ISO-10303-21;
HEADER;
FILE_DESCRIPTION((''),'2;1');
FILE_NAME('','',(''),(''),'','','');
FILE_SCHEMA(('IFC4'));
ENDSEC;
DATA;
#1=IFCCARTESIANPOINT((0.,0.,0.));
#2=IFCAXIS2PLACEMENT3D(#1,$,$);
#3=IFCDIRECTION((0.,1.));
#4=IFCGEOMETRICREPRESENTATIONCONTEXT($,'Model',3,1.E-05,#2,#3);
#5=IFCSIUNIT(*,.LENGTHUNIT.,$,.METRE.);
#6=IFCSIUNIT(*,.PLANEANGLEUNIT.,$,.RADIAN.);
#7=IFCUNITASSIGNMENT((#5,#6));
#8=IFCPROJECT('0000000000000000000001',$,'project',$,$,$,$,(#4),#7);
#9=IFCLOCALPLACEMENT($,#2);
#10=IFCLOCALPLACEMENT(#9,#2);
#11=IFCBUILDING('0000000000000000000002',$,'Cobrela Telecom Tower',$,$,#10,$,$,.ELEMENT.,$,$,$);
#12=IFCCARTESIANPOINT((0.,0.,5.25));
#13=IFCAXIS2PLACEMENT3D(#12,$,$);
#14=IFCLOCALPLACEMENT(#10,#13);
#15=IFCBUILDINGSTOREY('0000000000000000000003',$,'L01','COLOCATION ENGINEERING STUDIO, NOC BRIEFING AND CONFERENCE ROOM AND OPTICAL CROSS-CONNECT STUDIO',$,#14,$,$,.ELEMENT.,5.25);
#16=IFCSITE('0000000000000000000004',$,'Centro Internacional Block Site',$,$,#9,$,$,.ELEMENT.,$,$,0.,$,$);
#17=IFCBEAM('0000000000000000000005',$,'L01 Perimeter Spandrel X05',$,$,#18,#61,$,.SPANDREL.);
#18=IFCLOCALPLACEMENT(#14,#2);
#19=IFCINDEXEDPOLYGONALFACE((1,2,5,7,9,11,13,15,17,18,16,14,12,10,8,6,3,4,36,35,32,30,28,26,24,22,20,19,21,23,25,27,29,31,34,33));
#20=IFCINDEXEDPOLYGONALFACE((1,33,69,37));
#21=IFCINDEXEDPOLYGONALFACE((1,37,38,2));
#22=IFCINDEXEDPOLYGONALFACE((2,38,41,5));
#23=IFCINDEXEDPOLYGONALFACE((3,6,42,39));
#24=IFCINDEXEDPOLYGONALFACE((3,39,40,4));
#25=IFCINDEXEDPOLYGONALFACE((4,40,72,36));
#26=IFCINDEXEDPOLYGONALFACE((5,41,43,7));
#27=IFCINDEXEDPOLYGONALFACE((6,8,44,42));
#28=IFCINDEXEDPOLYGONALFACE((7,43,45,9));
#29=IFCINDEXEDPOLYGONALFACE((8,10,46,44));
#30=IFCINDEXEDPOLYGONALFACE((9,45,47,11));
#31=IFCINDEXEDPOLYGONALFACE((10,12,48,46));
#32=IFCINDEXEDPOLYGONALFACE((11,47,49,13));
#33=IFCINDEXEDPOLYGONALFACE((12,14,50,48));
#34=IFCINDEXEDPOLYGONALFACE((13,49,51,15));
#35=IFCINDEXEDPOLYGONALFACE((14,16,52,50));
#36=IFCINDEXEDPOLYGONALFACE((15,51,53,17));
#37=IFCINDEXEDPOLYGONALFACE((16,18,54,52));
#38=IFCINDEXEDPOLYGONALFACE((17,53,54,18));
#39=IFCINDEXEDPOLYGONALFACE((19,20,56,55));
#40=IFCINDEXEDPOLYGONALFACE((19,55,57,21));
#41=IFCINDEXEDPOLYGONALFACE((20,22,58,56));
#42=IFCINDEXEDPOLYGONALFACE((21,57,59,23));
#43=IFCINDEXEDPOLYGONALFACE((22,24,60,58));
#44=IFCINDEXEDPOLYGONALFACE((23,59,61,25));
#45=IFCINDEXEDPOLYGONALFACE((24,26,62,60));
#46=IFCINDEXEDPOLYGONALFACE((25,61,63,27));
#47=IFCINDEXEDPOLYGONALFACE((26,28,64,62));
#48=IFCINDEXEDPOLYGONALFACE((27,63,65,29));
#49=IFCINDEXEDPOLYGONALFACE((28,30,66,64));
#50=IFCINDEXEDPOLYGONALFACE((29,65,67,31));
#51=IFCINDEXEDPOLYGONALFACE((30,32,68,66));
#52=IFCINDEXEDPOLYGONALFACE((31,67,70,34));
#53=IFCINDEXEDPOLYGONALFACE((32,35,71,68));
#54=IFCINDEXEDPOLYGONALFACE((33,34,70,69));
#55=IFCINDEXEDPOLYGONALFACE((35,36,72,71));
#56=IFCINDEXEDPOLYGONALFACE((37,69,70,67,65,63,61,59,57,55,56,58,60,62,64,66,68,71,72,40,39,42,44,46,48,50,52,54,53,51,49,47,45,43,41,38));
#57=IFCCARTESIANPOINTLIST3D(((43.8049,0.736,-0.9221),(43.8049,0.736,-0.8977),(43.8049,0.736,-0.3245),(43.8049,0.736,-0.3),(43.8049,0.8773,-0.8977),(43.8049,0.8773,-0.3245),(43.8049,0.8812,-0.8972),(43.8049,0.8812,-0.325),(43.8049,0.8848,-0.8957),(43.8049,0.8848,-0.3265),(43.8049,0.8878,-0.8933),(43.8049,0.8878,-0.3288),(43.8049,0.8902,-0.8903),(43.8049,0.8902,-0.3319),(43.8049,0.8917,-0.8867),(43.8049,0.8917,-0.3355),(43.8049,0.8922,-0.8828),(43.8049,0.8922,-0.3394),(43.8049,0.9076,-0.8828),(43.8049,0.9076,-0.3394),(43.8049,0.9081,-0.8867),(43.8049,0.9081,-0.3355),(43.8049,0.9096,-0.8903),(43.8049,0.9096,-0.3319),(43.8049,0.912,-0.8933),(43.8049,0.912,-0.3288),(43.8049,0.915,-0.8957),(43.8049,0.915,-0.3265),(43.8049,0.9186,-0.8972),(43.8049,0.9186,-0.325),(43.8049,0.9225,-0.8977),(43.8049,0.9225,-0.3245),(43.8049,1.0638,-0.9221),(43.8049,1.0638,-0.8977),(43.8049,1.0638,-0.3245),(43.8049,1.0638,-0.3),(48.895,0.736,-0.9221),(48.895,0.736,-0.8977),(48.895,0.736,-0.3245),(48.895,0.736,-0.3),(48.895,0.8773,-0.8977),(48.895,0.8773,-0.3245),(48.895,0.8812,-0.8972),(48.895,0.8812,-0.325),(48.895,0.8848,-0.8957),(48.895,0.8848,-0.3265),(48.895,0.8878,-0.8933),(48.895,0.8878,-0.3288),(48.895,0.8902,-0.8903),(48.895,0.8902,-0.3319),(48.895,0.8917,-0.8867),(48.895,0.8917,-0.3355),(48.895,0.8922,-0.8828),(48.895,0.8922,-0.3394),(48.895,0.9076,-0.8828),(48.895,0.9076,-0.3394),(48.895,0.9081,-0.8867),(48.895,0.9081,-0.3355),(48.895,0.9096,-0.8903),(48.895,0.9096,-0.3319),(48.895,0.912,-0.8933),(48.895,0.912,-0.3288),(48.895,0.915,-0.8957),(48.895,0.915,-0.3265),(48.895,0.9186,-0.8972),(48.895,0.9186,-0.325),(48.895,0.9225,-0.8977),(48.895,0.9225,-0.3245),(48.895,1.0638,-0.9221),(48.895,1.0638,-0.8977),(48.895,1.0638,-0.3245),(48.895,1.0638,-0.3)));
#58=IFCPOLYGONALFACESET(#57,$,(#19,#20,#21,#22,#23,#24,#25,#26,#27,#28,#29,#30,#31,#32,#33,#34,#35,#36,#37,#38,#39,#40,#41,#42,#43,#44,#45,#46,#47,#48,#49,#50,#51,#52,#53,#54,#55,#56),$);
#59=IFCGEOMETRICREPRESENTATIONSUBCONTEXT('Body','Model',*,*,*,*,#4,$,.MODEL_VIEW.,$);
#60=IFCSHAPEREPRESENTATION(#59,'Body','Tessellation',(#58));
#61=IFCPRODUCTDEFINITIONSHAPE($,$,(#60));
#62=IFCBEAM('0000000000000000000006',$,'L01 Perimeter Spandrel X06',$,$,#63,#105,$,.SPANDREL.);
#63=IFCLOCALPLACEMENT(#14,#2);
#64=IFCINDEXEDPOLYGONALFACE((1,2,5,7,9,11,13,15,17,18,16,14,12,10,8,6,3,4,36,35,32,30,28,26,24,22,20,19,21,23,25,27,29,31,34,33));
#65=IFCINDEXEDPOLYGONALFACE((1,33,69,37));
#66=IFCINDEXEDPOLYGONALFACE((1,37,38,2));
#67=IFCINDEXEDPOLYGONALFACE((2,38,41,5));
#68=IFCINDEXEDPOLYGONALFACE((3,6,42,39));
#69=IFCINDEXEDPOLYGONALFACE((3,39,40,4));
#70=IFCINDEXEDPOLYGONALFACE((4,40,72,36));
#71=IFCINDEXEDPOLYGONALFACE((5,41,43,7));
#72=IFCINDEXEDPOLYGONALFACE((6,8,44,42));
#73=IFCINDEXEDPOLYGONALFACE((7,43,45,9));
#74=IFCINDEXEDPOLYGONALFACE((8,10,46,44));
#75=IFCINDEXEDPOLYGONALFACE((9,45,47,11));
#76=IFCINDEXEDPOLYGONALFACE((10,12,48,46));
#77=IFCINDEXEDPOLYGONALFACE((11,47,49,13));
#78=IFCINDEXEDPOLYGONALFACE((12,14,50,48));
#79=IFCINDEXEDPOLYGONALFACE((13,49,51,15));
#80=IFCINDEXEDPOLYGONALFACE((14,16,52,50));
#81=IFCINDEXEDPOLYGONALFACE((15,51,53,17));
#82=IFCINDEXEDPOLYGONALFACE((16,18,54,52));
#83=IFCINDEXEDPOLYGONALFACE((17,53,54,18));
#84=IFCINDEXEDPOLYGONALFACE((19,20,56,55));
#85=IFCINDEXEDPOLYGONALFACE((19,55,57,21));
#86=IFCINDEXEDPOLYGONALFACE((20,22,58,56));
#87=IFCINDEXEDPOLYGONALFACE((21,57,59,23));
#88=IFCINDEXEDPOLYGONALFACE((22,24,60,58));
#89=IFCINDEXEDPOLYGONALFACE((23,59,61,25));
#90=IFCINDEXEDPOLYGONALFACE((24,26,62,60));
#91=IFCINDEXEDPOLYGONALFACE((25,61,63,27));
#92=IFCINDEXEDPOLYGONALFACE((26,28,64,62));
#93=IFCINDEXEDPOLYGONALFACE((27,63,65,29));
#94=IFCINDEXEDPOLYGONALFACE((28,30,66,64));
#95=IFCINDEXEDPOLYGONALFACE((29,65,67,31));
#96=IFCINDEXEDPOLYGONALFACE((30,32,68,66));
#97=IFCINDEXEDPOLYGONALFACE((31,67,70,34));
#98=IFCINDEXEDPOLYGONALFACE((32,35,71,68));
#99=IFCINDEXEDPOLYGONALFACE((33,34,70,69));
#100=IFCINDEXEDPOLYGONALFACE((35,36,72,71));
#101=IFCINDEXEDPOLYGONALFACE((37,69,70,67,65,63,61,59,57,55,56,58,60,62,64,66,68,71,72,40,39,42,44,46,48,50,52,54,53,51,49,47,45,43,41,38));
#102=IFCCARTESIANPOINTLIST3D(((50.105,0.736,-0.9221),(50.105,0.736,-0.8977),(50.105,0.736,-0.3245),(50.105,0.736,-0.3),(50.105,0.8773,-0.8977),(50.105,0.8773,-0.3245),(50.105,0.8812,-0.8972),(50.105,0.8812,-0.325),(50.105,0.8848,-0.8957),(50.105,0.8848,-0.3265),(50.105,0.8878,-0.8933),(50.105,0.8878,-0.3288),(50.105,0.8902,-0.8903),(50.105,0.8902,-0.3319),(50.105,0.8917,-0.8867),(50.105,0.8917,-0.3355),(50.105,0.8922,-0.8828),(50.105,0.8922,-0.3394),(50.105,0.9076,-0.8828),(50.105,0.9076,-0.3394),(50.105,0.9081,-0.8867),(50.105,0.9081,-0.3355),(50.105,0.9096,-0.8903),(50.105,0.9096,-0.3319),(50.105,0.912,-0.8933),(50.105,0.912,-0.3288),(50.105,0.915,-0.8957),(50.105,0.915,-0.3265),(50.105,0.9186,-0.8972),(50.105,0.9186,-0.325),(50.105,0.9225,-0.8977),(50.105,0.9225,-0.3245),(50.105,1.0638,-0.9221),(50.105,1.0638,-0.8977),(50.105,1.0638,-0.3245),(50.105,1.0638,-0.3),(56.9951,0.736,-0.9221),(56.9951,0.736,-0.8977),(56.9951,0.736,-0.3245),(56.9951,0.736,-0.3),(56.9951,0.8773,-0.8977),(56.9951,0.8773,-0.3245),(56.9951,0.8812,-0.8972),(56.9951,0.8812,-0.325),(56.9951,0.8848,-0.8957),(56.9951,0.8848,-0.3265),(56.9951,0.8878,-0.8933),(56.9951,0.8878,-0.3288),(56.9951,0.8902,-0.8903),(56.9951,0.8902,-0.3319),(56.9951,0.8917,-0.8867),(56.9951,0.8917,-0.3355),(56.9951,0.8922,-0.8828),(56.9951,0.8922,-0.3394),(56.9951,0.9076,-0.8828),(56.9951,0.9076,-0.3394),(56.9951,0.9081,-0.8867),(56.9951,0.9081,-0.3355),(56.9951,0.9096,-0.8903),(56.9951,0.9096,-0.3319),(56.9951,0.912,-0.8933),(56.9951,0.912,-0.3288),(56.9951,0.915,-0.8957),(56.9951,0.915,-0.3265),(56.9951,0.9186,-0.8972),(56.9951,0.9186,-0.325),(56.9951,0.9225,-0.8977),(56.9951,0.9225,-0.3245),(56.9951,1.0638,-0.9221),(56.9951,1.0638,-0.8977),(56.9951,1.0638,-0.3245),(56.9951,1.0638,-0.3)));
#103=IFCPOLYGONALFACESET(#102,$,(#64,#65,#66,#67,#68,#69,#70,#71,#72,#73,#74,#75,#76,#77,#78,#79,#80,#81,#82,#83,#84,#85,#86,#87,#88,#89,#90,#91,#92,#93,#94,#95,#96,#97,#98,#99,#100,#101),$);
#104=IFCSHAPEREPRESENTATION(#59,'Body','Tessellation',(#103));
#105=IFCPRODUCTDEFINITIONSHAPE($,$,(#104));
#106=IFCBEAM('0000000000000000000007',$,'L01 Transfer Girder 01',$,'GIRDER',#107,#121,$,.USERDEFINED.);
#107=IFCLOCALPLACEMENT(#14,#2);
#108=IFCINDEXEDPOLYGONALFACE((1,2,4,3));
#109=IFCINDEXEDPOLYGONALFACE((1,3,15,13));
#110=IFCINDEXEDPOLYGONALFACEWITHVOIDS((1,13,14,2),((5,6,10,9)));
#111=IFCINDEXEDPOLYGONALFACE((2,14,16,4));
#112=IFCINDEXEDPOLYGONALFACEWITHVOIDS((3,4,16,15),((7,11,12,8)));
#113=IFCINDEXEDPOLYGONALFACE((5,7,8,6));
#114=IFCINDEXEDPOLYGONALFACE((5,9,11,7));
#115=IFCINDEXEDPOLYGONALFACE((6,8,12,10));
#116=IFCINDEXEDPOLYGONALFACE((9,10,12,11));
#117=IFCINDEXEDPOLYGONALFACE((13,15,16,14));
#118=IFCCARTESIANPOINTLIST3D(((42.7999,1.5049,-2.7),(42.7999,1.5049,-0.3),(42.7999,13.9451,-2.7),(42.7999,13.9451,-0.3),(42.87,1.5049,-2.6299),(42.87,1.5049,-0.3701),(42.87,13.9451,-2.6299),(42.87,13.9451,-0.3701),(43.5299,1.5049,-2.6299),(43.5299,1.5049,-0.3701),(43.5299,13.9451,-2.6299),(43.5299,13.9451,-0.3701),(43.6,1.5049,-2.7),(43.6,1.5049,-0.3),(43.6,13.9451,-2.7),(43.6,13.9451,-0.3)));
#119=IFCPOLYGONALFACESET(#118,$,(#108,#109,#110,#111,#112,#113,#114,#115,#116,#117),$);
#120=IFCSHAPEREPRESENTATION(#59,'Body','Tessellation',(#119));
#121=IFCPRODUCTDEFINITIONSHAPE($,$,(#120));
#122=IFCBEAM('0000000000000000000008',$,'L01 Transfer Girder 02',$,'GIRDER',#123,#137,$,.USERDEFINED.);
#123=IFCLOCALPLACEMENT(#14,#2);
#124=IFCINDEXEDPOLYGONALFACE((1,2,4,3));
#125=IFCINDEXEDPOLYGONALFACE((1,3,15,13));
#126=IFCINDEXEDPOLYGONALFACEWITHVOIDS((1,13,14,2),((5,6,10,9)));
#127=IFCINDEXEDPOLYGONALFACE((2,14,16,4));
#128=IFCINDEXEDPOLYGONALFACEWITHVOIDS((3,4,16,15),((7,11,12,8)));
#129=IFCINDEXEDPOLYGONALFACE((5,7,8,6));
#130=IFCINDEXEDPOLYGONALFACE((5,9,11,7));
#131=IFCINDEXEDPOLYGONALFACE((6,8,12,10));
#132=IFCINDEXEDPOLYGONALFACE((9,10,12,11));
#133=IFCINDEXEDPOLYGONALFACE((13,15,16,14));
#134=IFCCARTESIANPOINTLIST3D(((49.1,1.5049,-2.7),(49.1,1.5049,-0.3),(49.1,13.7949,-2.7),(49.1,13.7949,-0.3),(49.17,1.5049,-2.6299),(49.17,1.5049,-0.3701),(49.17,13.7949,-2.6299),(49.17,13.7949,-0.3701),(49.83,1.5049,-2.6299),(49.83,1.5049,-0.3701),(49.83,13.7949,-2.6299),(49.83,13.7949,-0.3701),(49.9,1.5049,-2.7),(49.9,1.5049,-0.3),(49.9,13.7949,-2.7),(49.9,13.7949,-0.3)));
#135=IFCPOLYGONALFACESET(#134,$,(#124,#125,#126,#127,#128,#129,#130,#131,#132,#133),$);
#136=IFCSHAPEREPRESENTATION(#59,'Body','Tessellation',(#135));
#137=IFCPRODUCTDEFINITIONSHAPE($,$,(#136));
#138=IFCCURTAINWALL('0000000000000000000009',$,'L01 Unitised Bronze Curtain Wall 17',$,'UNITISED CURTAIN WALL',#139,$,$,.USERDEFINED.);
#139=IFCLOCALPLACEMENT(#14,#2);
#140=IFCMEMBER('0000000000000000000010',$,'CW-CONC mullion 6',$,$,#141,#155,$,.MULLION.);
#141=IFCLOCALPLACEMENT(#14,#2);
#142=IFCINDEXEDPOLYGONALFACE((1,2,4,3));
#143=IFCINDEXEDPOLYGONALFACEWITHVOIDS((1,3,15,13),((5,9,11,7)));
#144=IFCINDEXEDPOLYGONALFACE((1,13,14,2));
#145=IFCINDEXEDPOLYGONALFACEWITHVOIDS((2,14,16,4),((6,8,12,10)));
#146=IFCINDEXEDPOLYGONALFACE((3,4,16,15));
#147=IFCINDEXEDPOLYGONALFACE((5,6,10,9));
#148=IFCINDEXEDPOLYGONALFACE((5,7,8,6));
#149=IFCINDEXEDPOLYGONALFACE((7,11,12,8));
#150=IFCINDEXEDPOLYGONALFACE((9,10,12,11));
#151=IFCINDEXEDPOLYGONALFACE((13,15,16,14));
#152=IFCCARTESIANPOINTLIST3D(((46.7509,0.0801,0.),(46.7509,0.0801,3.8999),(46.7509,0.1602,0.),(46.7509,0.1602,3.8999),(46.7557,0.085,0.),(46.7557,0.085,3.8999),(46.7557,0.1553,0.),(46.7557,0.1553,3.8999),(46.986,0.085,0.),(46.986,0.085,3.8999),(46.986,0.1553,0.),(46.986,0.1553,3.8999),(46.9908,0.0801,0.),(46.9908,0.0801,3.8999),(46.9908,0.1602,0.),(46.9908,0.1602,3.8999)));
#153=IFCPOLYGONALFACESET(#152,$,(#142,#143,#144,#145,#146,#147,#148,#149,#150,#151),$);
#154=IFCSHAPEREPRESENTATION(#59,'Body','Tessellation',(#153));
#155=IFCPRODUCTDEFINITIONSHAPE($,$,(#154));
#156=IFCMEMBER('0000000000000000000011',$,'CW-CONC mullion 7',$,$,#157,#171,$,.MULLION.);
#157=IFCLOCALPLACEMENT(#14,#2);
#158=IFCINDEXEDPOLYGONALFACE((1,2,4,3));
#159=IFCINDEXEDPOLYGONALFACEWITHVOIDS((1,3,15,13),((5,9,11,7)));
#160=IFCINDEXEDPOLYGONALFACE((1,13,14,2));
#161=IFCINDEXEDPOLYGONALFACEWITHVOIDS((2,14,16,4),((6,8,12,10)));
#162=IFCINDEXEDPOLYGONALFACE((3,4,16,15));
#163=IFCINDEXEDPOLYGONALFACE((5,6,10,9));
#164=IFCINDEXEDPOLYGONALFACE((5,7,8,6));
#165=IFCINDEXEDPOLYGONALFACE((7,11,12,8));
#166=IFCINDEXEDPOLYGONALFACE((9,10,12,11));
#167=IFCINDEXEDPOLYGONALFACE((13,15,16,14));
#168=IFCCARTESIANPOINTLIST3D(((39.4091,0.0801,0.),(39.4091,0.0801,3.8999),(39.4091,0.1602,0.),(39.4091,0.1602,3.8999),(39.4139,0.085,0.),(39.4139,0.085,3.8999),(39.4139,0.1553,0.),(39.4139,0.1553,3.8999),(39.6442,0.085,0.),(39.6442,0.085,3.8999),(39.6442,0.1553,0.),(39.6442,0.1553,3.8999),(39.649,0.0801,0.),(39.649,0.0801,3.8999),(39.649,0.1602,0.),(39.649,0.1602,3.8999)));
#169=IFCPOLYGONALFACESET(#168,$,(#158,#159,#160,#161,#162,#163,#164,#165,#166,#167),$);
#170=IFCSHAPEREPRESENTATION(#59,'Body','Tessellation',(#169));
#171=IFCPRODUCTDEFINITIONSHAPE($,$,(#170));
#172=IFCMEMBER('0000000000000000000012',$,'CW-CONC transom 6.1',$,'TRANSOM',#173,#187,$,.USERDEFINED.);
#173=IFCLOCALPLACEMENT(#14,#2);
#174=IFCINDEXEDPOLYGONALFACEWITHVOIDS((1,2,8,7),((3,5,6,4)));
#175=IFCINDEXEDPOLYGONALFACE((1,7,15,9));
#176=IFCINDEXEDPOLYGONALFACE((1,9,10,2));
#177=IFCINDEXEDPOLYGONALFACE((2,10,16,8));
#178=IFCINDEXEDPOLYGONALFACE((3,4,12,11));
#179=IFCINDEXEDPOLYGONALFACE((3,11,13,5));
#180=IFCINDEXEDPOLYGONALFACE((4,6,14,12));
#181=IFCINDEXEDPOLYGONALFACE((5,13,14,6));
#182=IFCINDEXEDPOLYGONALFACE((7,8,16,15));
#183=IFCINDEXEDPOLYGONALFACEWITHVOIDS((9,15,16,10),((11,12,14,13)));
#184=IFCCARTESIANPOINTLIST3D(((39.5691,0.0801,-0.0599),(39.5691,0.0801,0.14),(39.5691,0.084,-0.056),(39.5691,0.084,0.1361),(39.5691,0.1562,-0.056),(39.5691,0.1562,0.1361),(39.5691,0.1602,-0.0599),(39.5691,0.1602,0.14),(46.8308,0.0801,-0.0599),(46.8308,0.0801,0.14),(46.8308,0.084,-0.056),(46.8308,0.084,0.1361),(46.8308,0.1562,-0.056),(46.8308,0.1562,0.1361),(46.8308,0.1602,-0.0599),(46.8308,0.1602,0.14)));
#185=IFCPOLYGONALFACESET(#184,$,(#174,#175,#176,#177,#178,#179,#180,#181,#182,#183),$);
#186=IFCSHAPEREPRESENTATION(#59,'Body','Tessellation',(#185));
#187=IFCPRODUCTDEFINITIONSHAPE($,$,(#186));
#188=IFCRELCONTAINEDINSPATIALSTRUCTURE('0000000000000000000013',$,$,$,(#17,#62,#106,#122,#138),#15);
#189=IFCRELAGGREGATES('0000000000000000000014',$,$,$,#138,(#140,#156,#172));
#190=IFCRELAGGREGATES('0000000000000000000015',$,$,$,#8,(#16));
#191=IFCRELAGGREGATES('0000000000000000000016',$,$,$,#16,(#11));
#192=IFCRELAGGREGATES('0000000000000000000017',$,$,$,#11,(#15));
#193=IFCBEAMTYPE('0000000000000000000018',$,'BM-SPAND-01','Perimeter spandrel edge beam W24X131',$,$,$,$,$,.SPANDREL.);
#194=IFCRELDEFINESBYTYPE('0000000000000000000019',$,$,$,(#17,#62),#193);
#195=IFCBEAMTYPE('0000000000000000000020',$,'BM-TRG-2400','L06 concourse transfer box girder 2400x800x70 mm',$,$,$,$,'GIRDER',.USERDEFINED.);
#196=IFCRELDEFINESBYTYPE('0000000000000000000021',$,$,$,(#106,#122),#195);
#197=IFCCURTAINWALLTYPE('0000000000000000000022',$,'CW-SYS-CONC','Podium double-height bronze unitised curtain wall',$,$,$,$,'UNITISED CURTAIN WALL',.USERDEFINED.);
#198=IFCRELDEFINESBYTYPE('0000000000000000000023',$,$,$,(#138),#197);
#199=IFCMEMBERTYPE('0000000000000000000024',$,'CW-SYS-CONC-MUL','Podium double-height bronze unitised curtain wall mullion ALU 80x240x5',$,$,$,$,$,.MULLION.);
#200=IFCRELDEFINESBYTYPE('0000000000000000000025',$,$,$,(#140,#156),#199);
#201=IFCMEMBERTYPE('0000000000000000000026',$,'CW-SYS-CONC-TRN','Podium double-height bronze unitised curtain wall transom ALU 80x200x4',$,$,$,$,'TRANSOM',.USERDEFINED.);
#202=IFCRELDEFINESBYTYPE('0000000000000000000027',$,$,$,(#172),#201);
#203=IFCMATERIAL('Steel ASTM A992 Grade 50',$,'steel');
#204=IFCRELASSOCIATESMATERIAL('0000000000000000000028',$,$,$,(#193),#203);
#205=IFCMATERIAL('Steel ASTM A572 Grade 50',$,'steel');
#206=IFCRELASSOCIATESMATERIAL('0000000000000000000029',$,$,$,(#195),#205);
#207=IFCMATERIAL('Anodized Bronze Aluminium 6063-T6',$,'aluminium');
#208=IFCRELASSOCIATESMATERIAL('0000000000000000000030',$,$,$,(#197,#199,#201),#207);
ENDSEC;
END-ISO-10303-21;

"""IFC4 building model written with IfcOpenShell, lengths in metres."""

from ifc_helpers import new_model, si_unit, direction, frame, origin, origin_2d, place, context, subcontext, project, spatial, hollow_rectangle, i_section, extrude, material, material_profile, profile_set, type_object, element, aggregate, save


model = new_model("IFC4")

# Units and contexts
model_context = context("Model", 3, precision=1e-05, world=origin(), true_north=direction((0.0, 1.0)))
body_context = subcontext(model_context, "Body", "Model", "MODEL_VIEW")
ifc_project = project(units=[si_unit("LENGTHUNIT", "METRE"), si_unit("PLANEANGLEUNIT", "RADIAN")], contexts=[model_context])

# Site, building, storey
site_placement = place(None, origin())
site = spatial("IfcSite", under=ifc_project, at=site_placement, Name="Centro Internacional Block Site", CompositionType="ELEMENT", RefElevation=0.0)
building_placement = place(site_placement, origin())
building = spatial("IfcBuilding", under=site, at=building_placement, Name="Cobrela Telecom Tower", CompositionType="ELEMENT")
storey_placement = place(building_placement, frame((0.0, 0.0, 5.25)))
storey = spatial("IfcBuildingStorey", under=building, at=storey_placement, Name="L01", Description="COLOCATION ENGINEERING STUDIO, NOC BRIEFING AND CONFERENCE ROOM AND OPTICAL CROSS-CONNECT STUDIO", CompositionType="ELEMENT", Elevation=5.25)

# Shared definitions
ifc_material_1 = material(Name="Steel ASTM A572 Grade 50", Category="steel")

# Beams
ifc_material_2 = material(Name="Steel ASTM A992 Grade 50", Category="steel")
ifc_material_profile_1 = material_profile(ifc_material_2, i_section(OverallWidth=0.3279, OverallDepth=0.6221, WebThickness=0.0154, FlangeThickness=0.0244, FilletRadius=0.0149, at=origin_2d()), Name="W24X131")
ifc_profile_set_1 = profile_set([ifc_material_profile_1], Name="Steel ASTM A992 Grade 50")
beam_type_1 = type_object("IfcBeamType", Name="BM-SPAND-01", Description="Perimeter spandrel edge beam W24X131", PredefinedType="SPANDREL", material=ifc_profile_set_1)
beam_1_placement = place(storey_placement, frame((43.8049, 0.8999, -0.6111), z_axis=(1.0, 0.0, 0.0), x_axis=(0.0, 1.0, 0.0)))
element("IfcBeam", 1, at=beam_1_placement, inside=storey, type_object=beam_type_1, Name="L01 Perimeter Spandrel X05", PredefinedType="SPANDREL", context=body_context, shape_type="SweptSolid", body=[
    extrude(i_section(OverallWidth=0.3279, OverallDepth=0.6221, WebThickness=0.0154, FlangeThickness=0.0244, FilletRadius=0.0149, at=origin_2d()), origin(), (0.0, 0.0, 1.0), 5.0901),
])
beam_2_placement = place(storey_placement, frame((50.105, 0.8999, -0.6111), z_axis=(1.0, 0.0, 0.0), x_axis=(0.0, 1.0, 0.0)))
element("IfcBeam", 2, at=beam_2_placement, inside=storey, type_object=beam_type_1, Name="L01 Perimeter Spandrel X06", PredefinedType="SPANDREL", context=body_context, shape_type="SweptSolid", body=[
    extrude(i_section(OverallWidth=0.3279, OverallDepth=0.6221, WebThickness=0.0154, FlangeThickness=0.0244, FilletRadius=0.0149, at=origin_2d()), origin(), (0.0, 0.0, 1.0), 6.8901),
])
ifc_material_profile_2 = material_profile(ifc_material_1, hollow_rectangle(XDim=0.8, YDim=2.3999, WallThickness=0.0701, at=origin_2d()), Name="BOX 2400x800x70")
ifc_profile_set_2 = profile_set([ifc_material_profile_2], Name="Steel ASTM A572 Grade 50")
beam_type_2 = type_object("IfcBeamType", Name="BM-TRG-2400", Description="L06 concourse transfer box girder 2400x800x70 mm", ElementType="GIRDER", PredefinedType="USERDEFINED", material=ifc_profile_set_2)
beam_3_placement = place(storey_placement, frame((43.2, 1.5049, -1.5), z_axis=(0.0, 1.0, 0.0), x_axis=(-1.0, 0.0, 0.0)))
element("IfcBeam", 3, at=beam_3_placement, inside=storey, type_object=beam_type_2, Name="L01 Transfer Girder 01", ObjectType="GIRDER", PredefinedType="USERDEFINED", context=body_context, shape_type="SweptSolid", body=[
    extrude(hollow_rectangle(XDim=0.8, YDim=2.3999, WallThickness=0.0701, at=origin_2d()), origin(), (0.0, 0.0, 1.0), 12.4402),
])
beam_4_placement = place(storey_placement, frame((49.5, 1.5049, -1.5), z_axis=(0.0, 1.0, 0.0), x_axis=(-1.0, 0.0, 0.0)))
element("IfcBeam", 4, at=beam_4_placement, inside=storey, type_object=beam_type_2, Name="L01 Transfer Girder 02", ObjectType="GIRDER", PredefinedType="USERDEFINED", context=body_context, shape_type="SweptSolid", body=[
    extrude(hollow_rectangle(XDim=0.8, YDim=2.3999, WallThickness=0.0701, at=origin_2d()), origin(), (0.0, 0.0, 1.0), 12.29),
])

# Curtain wall, members
ifc_material_3 = material(Name="Anodized Bronze Aluminium 6063-T6", Category="aluminium")
curtain_wall_type = type_object("IfcCurtainWallType", Name="CW-SYS-CONC", Description="Podium double-height bronze unitised curtain wall", ElementType="UNITISED CURTAIN WALL", PredefinedType="USERDEFINED", material=ifc_material_3)
curtain_wall_placement = place(storey_placement, origin())
curtain_wall = element("IfcCurtainWall", 5, at=curtain_wall_placement, inside=storey, type_object=curtain_wall_type, Name="L01 Unitised Bronze Curtain Wall 17", ObjectType="UNITISED CURTAIN WALL", PredefinedType="USERDEFINED")
ifc_material_profile_3 = material_profile(ifc_material_3, hollow_rectangle(XDim=0.0801, YDim=0.24, WallThickness=0.0049, at=origin_2d()), Name="ALU 80x240x5")
ifc_profile_set_3 = profile_set([ifc_material_profile_3], Name="Anodized Bronze Aluminium 6063-T6")
member_type_1 = type_object("IfcMemberType", Name="CW-SYS-CONC-MUL", Description="Podium double-height bronze unitised curtain wall mullion ALU 80x240x5", PredefinedType="MULLION", material=ifc_profile_set_3)
member_1_placement = place(storey_placement, frame((46.8708, 0.1201, 0.0), z_axis=(0.0, 0.0, 1.0), x_axis=(0.0, -1.0, 0.0)))
member_1 = element("IfcMember", 6, at=member_1_placement, type_object=member_type_1, Name="CW-CONC mullion 6", PredefinedType="MULLION", context=body_context, shape_type="SweptSolid", body=[
    extrude(hollow_rectangle(XDim=0.0801, YDim=0.24, WallThickness=0.0049, at=origin_2d()), origin(), (0.0, 0.0, 1.0), 3.8999),
])
member_2_placement = place(storey_placement, frame((39.5291, 0.1201, 0.0), z_axis=(0.0, 0.0, 1.0), x_axis=(0.0, -1.0, 0.0)))
member_2 = element("IfcMember", 7, at=member_2_placement, type_object=member_type_1, Name="CW-CONC mullion 7", PredefinedType="MULLION", context=body_context, shape_type="SweptSolid", body=[
    extrude(hollow_rectangle(XDim=0.0801, YDim=0.24, WallThickness=0.0049, at=origin_2d()), origin(), (0.0, 0.0, 1.0), 3.8999),
])
ifc_material_profile_4 = material_profile(ifc_material_3, hollow_rectangle(XDim=0.0801, YDim=0.2, WallThickness=0.0039, at=origin_2d()), Name="ALU 80x200x4")
ifc_profile_set_4 = profile_set([ifc_material_profile_4], Name="Anodized Bronze Aluminium 6063-T6")
member_type_2 = type_object("IfcMemberType", Name="CW-SYS-CONC-TRN", Description="Podium double-height bronze unitised curtain wall transom ALU 80x200x4", ElementType="TRANSOM", PredefinedType="USERDEFINED", material=ifc_profile_set_4)
member_3_placement = place(storey_placement, frame((46.8308, 0.1201, 0.04), z_axis=(-1.0, 0.0, 0.0), x_axis=(0.0, -1.0, 0.0)))
member_3 = element("IfcMember", 8, at=member_3_placement, type_object=member_type_2, Name="CW-CONC transom 6.1", ObjectType="TRANSOM", PredefinedType="USERDEFINED", context=body_context, shape_type="SweptSolid", body=[
    extrude(hollow_rectangle(XDim=0.0801, YDim=0.2, WallThickness=0.0039, at=origin_2d()), origin(), (0.0, 0.0, 1.0), 7.2617),
])
aggregate(curtain_wall, [member_1, member_2, member_3])

save(model, "model.ifc")
